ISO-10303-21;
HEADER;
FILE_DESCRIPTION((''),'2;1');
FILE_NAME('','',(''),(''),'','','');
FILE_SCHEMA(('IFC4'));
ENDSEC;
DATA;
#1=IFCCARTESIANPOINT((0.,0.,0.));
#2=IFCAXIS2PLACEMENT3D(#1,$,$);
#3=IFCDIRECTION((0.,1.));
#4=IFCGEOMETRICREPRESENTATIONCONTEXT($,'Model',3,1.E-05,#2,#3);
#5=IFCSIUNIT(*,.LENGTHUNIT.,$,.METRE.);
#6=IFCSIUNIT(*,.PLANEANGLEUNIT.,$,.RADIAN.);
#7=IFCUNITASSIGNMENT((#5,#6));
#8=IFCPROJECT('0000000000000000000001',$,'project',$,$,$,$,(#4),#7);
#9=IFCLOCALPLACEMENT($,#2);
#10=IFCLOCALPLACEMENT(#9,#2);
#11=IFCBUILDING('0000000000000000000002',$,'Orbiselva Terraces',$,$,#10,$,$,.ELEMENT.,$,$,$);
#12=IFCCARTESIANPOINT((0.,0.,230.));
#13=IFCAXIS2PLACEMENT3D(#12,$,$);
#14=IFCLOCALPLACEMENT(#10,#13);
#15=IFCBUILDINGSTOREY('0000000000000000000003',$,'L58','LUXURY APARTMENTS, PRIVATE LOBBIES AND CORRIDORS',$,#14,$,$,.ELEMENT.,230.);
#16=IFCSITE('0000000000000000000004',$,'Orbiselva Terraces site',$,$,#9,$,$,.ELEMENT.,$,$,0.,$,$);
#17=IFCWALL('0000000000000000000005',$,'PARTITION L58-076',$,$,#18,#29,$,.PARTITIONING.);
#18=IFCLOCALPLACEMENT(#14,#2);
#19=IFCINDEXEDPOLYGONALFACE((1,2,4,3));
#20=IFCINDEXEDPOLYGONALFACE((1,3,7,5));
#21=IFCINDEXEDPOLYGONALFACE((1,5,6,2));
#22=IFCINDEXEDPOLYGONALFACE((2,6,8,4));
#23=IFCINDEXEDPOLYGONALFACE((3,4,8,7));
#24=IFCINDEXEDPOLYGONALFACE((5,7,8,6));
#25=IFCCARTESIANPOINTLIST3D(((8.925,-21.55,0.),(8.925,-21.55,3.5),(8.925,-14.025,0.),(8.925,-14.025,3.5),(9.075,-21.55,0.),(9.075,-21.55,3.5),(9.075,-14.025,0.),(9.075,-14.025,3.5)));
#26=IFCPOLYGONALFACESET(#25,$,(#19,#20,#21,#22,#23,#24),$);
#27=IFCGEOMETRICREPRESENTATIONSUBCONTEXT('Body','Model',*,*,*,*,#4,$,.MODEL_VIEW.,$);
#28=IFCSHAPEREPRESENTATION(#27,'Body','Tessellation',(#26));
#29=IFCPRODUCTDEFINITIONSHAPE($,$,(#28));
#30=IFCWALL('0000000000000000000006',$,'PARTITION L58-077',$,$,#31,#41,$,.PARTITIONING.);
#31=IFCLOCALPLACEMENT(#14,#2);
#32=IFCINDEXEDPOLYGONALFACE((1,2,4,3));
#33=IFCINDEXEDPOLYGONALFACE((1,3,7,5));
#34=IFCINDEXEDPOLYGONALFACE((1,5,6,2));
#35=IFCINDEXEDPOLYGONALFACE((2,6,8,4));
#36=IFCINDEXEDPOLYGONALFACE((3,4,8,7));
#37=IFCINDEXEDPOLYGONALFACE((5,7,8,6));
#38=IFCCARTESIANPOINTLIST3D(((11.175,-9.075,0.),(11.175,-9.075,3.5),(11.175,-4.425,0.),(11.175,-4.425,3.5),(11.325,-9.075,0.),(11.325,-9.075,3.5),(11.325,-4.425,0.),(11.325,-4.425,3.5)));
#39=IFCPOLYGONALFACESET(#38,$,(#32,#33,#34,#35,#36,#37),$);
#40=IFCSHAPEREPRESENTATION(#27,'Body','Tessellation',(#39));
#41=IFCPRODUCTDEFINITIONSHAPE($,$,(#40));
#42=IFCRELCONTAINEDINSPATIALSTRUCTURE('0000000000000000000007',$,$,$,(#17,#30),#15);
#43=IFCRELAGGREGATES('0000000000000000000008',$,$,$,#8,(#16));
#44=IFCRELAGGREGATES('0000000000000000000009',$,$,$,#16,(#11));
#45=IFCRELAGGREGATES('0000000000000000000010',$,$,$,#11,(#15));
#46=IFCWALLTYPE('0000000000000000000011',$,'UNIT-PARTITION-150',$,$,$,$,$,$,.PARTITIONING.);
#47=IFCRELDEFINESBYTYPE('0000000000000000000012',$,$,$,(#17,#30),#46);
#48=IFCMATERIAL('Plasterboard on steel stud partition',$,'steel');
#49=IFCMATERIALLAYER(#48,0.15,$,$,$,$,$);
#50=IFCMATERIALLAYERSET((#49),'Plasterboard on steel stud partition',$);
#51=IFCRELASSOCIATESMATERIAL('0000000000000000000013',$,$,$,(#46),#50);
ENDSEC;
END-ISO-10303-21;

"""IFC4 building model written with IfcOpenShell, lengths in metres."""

from ifc_helpers import new_model, si_unit, direction, frame, frame_2d, origin, place, context, subcontext, project, spatial, rectangle, extrude, material, layer, layer_set, type_object, element, save


model = new_model("IFC4")

# Units and contexts
model_context = context("Model", 3, precision=1e-05, world=origin(), true_north=direction((0.0, 1.0)))
body_context = subcontext(model_context, "Body", "Model", "MODEL_VIEW")
ifc_project = project(units=[si_unit("LENGTHUNIT", "METRE"), si_unit("PLANEANGLEUNIT", "RADIAN")], contexts=[model_context])

# Site, building, storey
site_placement = place(None, origin())
site = spatial("IfcSite", under=ifc_project, at=site_placement, Name="Orbiselva Terraces site", CompositionType="ELEMENT", RefElevation=0.0)
building_placement = place(site_placement, origin())
building = spatial("IfcBuilding", under=site, at=building_placement, Name="Orbiselva Terraces", CompositionType="ELEMENT")
storey_placement = place(building_placement, frame((0.0, 0.0, 230.0)))
storey = spatial("IfcBuildingStorey", under=building, at=storey_placement, Name="L58", Description="LUXURY APARTMENTS, PRIVATE LOBBIES AND CORRIDORS", CompositionType="ELEMENT", Elevation=230.0)

# Shared definitions
ifc_material_1 = material(Name="Plasterboard on steel stud partition", Category="steel")

# Shared definitions
ifc_layer_1 = layer(ifc_material_1, 0.15)
ifc_layer_set_1 = layer_set([ifc_layer_1], Name="Plasterboard on steel stud partition")
wall_type_1 = type_object("IfcWallType", Name="UNIT-PARTITION-150", PredefinedType="PARTITIONING", material=ifc_layer_set_1)

# Walls
wall_1_placement = place(storey_placement, frame((9.0, -21.55, 0.0), z_axis=(0.0, 0.0, 1.0), x_axis=(0.0, 1.0, 0.0)))
element("IfcWall", 1, at=wall_1_placement, inside=storey, type_object=wall_type_1, Name="PARTITION L58-076", PredefinedType="PARTITIONING", context=body_context, shape_type="SweptSolid", body=[
    extrude(rectangle(XDim=7.525, YDim=0.15, at=frame_2d((3.7625, 0.0))), origin(), (0.0, 0.0, 1.0), 3.5),
])
wall_2_placement = place(storey_placement, frame((11.25, -9.075, 0.0), z_axis=(0.0, 0.0, 1.0), x_axis=(0.0, 1.0, 0.0)))
element("IfcWall", 2, at=wall_2_placement, inside=storey, type_object=wall_type_1, Name="PARTITION L58-077", PredefinedType="PARTITIONING", context=body_context, shape_type="SweptSolid", body=[
    extrude(rectangle(XDim=4.65, YDim=0.15, at=frame_2d((2.325, 0.0))), origin(), (0.0, 0.0, 1.0), 3.5),
])

save(model, "model.ifc")
